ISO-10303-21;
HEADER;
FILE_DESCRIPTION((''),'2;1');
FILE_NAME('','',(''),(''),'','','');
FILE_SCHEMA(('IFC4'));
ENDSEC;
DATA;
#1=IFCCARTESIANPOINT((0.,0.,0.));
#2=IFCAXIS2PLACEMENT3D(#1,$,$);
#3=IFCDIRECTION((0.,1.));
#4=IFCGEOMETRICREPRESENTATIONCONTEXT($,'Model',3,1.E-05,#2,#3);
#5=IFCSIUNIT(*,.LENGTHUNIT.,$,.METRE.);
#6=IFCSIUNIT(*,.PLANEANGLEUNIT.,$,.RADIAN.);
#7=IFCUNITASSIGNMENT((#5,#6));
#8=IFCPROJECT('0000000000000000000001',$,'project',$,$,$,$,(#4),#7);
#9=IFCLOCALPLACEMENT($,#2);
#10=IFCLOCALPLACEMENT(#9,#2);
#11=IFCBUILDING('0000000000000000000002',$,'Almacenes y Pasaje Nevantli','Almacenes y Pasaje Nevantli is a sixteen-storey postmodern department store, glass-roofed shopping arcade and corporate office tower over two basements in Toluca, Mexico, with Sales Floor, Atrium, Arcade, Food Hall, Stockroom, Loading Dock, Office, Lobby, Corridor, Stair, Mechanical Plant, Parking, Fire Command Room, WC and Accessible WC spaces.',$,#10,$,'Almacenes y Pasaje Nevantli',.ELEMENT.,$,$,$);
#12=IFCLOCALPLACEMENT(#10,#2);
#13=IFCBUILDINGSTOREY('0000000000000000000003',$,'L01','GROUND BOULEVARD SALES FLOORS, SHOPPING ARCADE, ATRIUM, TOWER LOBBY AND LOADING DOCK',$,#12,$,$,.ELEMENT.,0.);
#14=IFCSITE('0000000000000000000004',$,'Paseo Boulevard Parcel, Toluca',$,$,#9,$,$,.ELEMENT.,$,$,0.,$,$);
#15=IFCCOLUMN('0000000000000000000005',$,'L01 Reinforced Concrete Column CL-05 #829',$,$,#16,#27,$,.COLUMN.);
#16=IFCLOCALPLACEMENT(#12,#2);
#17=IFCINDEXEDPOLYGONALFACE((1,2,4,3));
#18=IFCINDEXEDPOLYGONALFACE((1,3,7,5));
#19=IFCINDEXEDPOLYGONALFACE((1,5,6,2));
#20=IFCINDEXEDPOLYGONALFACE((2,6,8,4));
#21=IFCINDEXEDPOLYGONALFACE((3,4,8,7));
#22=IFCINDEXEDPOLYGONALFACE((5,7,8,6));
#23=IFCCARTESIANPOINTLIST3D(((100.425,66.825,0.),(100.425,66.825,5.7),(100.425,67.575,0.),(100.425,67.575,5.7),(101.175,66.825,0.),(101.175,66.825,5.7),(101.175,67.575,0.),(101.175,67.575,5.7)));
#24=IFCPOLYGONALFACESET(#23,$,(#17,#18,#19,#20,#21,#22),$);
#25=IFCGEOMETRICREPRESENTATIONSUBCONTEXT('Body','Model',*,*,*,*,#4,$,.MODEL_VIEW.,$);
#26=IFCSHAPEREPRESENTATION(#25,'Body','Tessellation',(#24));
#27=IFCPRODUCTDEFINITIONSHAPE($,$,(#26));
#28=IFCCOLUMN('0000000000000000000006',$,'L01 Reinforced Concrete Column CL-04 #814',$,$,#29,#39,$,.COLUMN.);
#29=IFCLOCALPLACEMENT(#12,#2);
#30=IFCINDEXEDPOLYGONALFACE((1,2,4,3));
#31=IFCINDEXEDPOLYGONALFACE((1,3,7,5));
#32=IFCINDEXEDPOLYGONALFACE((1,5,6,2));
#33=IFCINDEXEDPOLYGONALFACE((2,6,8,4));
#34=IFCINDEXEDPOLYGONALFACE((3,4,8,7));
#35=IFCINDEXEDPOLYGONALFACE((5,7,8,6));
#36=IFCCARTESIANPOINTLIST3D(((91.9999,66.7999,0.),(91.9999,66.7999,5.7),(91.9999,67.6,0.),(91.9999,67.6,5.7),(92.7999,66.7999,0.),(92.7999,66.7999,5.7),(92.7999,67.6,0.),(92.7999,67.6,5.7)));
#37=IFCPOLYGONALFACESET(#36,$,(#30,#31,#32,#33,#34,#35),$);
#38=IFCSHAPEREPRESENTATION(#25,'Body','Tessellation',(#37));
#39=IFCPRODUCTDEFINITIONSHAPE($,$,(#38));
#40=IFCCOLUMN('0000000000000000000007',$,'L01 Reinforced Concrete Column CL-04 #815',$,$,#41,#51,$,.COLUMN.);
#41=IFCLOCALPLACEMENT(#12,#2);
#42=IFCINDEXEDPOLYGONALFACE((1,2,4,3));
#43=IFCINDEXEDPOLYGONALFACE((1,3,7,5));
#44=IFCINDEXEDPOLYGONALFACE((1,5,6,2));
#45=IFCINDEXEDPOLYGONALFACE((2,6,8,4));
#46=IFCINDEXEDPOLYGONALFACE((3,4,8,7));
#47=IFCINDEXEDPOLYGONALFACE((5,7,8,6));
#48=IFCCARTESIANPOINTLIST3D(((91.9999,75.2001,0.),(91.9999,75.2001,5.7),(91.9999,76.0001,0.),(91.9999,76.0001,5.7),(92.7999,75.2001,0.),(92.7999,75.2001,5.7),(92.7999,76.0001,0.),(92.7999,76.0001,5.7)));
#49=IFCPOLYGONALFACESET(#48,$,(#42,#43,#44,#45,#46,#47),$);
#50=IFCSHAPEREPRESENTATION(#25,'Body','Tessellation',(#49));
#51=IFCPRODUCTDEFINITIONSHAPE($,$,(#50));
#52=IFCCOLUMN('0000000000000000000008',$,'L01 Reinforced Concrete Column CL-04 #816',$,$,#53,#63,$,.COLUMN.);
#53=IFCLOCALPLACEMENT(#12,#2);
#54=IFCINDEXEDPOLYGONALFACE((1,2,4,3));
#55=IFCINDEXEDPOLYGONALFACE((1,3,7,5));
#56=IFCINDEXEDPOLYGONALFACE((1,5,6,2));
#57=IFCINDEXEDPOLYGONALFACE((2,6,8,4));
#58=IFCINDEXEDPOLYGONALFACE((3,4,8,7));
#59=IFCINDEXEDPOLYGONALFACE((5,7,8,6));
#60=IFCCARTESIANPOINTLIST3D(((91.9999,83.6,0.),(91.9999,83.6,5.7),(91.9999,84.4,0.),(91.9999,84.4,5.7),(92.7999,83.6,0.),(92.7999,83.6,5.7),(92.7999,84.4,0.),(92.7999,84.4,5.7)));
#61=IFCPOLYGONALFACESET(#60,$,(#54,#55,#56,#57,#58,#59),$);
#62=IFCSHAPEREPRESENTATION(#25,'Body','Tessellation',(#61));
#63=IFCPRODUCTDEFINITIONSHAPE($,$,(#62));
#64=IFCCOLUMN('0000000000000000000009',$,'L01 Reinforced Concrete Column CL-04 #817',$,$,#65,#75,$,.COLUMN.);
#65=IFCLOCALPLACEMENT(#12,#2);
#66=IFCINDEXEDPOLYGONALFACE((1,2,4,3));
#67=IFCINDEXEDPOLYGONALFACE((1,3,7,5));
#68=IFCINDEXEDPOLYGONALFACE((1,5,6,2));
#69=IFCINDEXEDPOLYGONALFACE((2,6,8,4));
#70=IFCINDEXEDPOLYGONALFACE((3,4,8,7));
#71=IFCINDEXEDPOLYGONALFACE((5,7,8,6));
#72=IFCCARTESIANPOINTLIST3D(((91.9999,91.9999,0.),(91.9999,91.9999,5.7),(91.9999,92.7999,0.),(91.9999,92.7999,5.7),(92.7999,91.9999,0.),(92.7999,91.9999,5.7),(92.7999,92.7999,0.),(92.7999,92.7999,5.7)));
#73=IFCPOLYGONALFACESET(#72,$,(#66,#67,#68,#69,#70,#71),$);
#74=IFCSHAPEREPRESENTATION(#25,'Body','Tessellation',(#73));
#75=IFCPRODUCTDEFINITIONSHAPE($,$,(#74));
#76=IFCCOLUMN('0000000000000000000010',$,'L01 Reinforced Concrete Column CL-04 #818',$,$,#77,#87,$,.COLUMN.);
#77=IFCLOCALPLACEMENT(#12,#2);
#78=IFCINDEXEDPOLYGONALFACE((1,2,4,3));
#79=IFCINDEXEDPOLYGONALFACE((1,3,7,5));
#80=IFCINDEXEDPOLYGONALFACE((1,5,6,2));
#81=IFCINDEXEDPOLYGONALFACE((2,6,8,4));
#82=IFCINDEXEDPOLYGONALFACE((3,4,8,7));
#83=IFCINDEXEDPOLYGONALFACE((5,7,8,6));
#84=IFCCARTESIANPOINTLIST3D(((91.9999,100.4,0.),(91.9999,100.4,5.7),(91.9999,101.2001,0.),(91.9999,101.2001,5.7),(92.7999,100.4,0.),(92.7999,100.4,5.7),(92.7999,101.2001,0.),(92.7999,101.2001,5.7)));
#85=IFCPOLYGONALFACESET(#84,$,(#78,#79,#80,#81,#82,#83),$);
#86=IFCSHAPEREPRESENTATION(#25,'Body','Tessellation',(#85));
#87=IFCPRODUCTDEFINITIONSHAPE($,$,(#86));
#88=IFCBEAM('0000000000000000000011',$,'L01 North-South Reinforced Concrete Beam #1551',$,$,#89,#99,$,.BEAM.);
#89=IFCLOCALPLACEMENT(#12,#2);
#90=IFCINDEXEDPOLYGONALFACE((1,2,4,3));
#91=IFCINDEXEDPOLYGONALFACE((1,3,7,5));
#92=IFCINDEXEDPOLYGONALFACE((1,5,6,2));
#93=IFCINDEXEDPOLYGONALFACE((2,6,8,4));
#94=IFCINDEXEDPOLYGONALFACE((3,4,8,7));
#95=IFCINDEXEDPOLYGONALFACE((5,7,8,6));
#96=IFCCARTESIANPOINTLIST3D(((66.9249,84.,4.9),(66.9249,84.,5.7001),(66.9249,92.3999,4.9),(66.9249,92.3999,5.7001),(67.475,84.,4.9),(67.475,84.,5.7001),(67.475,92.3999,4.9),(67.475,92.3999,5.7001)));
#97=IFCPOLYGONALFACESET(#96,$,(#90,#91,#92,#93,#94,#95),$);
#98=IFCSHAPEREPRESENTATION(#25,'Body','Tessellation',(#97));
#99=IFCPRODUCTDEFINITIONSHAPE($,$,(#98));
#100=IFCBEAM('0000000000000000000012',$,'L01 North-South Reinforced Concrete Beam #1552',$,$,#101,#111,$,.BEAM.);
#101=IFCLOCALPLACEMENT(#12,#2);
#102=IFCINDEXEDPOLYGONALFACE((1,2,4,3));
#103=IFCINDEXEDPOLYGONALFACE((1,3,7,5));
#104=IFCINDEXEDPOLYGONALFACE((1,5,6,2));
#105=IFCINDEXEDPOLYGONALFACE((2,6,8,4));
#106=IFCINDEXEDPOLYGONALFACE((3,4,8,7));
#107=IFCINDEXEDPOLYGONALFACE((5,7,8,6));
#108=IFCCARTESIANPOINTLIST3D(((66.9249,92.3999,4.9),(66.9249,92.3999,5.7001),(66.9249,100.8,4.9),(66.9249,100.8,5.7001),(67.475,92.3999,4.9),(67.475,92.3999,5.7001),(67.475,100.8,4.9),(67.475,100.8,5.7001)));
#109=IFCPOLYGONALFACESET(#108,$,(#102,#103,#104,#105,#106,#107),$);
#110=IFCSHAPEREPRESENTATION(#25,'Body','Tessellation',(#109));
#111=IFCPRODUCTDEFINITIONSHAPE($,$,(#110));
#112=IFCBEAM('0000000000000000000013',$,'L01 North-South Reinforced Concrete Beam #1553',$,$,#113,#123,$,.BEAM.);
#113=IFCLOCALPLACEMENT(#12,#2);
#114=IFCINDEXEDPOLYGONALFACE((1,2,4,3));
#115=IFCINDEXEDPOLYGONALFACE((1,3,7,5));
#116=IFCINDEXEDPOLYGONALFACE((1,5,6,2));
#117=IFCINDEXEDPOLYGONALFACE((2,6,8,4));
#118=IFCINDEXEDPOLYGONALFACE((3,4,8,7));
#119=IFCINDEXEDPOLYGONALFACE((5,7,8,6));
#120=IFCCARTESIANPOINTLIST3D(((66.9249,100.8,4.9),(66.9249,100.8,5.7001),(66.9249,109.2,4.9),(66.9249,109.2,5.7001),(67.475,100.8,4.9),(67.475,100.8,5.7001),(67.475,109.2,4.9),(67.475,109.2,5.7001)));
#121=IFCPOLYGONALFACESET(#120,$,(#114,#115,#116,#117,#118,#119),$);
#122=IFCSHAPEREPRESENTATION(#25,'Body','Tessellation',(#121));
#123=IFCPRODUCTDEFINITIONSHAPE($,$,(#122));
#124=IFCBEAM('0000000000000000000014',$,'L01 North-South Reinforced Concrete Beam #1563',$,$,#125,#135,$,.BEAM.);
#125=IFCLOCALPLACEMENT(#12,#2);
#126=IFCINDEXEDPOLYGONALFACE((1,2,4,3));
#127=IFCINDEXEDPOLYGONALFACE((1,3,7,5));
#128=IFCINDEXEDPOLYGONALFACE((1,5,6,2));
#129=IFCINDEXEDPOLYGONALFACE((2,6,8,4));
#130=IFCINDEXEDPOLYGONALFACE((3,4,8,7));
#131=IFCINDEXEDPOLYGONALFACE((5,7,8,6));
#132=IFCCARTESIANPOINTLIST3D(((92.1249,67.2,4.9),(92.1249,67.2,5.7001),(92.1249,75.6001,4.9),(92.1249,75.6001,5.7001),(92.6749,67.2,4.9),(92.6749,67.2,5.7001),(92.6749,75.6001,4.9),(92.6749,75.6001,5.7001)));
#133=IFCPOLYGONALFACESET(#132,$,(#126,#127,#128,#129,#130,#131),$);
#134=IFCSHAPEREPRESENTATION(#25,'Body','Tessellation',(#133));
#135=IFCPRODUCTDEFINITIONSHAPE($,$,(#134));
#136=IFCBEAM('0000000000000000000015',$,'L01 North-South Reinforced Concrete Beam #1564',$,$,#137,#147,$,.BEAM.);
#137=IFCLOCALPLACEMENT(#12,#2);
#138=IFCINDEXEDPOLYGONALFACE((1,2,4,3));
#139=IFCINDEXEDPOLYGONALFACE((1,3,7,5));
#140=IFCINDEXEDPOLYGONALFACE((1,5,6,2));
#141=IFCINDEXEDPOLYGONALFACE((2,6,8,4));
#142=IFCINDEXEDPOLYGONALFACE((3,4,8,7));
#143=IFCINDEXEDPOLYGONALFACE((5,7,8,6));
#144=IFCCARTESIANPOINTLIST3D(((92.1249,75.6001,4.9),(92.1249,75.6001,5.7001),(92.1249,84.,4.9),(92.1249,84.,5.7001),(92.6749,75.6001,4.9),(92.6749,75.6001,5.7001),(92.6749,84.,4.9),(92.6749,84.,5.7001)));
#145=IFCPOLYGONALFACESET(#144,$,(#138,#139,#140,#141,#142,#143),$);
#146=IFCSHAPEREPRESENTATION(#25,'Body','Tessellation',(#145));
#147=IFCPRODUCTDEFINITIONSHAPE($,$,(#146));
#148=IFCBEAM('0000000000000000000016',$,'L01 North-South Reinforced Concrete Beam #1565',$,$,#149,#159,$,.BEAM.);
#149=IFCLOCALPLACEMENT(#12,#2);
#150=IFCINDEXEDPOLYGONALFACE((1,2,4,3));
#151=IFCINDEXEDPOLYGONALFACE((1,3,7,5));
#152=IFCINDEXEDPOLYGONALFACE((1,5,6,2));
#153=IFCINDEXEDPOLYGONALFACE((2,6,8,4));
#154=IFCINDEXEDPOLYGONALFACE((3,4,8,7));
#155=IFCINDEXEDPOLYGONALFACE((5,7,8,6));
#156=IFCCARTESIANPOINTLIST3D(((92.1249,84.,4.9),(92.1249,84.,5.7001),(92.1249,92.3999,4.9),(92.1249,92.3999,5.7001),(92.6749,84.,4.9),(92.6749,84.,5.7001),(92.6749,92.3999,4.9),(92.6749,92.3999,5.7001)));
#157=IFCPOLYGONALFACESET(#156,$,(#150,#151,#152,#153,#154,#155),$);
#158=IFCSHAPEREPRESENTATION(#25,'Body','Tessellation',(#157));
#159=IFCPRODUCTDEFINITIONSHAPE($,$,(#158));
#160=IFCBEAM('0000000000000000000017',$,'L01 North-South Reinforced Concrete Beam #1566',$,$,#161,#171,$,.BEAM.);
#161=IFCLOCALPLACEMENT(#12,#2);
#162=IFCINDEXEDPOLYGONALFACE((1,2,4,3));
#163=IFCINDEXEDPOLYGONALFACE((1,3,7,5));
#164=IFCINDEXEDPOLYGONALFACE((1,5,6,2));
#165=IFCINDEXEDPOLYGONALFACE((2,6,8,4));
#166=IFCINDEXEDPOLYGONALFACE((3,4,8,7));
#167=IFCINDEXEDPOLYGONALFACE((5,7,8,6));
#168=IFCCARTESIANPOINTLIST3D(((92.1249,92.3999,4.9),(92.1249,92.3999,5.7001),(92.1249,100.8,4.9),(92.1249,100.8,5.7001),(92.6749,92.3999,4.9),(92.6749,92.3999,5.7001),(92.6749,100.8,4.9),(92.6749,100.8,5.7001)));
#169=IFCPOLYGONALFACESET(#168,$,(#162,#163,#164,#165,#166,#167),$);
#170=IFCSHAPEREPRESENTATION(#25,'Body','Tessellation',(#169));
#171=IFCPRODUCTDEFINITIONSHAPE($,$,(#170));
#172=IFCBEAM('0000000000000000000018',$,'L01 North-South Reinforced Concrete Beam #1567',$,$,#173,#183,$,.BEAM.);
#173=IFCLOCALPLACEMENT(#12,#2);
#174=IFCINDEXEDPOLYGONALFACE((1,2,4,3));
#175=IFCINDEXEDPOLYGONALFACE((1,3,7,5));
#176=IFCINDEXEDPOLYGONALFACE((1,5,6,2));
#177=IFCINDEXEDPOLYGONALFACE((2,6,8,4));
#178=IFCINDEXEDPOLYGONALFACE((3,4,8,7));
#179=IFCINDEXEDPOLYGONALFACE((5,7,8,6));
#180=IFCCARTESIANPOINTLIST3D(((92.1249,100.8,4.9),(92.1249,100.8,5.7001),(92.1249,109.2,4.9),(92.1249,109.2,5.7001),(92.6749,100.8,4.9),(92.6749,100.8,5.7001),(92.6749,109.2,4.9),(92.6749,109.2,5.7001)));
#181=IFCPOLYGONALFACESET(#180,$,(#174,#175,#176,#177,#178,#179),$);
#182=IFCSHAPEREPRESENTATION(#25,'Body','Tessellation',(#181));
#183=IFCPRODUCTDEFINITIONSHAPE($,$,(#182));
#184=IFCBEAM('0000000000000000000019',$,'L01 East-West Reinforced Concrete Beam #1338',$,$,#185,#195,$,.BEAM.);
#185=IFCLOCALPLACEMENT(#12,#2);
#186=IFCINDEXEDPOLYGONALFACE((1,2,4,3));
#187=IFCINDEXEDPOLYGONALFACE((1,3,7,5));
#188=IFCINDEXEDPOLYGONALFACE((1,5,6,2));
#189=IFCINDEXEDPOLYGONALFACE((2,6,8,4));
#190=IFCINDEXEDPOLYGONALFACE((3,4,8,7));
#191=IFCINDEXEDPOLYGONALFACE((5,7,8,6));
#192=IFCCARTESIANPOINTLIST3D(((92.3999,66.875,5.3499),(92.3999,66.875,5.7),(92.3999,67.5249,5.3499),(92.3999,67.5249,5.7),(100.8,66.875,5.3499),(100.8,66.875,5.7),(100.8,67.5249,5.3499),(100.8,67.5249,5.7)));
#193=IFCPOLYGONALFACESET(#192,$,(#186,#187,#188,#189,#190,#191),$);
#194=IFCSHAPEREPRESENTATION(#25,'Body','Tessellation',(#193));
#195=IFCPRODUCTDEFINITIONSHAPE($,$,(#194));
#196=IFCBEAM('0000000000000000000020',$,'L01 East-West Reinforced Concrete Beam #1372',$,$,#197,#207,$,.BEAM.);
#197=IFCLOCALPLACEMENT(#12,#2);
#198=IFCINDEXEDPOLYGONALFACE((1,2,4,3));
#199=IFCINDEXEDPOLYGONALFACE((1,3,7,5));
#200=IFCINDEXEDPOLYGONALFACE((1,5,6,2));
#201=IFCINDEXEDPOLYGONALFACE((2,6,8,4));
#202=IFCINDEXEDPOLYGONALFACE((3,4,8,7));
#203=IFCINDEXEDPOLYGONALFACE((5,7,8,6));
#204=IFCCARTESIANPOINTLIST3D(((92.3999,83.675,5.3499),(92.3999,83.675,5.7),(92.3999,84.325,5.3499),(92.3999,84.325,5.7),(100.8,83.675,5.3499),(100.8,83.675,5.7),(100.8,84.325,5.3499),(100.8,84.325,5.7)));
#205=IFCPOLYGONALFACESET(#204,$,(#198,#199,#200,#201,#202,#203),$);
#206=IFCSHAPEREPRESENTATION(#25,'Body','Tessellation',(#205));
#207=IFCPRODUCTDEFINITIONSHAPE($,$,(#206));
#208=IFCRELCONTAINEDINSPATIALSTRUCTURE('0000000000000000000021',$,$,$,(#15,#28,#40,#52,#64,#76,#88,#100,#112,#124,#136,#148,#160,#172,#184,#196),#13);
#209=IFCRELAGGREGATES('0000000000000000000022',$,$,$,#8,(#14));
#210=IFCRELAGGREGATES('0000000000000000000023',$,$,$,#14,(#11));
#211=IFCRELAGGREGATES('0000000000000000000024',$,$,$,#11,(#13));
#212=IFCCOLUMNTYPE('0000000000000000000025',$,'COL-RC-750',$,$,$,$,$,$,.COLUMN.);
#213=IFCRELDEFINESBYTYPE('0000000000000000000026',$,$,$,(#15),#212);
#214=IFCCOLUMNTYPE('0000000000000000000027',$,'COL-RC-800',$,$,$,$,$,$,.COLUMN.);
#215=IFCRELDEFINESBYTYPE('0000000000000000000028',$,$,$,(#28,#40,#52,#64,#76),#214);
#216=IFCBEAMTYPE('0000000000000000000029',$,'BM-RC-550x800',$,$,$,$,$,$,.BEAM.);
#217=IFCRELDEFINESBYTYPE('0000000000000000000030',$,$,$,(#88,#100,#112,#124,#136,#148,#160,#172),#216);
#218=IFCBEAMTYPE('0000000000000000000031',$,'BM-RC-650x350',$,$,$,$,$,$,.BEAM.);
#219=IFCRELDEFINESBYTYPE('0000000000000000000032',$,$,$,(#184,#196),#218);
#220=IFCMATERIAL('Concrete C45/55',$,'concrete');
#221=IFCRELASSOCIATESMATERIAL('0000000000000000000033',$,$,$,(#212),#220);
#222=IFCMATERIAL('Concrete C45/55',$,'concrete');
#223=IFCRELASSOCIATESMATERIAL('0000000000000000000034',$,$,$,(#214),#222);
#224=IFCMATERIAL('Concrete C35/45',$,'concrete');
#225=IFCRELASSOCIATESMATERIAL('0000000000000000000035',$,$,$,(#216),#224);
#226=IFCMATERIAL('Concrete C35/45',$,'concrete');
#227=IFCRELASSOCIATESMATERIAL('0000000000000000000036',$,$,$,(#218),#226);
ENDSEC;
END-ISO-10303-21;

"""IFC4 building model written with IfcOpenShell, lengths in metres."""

from ifc_helpers import new_model, si_unit, direction, frame, origin, origin_2d, place, context, subcontext, project, spatial, rectangle, extrude, material, material_profile, profile_set, type_object, element, save


model = new_model("IFC4")

# Units and contexts
model_context = context("Model", 3, precision=1e-05, world=origin(), true_north=direction((0.0, 1.0)))
body_context = subcontext(model_context, "Body", "Model", "MODEL_VIEW")
ifc_project = project(units=[si_unit("LENGTHUNIT", "METRE"), si_unit("PLANEANGLEUNIT", "RADIAN")], contexts=[model_context])

# Site, building, storey
site_placement = place(None, origin())
site = spatial("IfcSite", under=ifc_project, at=site_placement, Name="Paseo Boulevard Parcel, Toluca", CompositionType="ELEMENT", RefElevation=0.0)
building_placement = place(site_placement, origin())
building = spatial("IfcBuilding", under=site, at=building_placement, Name="Almacenes y Pasaje Nevantli", Description="Almacenes y Pasaje Nevantli is a sixteen-storey postmodern department store, glass-roofed shopping arcade and corporate office tower over two basements in Toluca, Mexico, with Sales Floor, Atrium, Arcade, Food Hall, Stockroom, Loading Dock, Office, Lobby, Corridor, Stair, Mechanical Plant, Parking, Fire Command Room, WC and Accessible WC spaces.", LongName="Almacenes y Pasaje Nevantli", CompositionType="ELEMENT")
storey_placement = place(building_placement, origin())
storey = spatial("IfcBuildingStorey", under=building, at=storey_placement, Name="L01", Description="GROUND BOULEVARD SALES FLOORS, SHOPPING ARCADE, ATRIUM, TOWER LOBBY AND LOADING DOCK", CompositionType="ELEMENT", Elevation=0.0)

# Columns
ifc_material_1 = material(Name="Concrete C45/55", Category="concrete")
ifc_material_profile_1 = material_profile(ifc_material_1, rectangle(XDim=0.75, YDim=0.75, at=origin_2d()), Name="RC-COL-750x750")
ifc_profile_set_1 = profile_set([ifc_material_profile_1], Name="Concrete C45/55")
column_type_1 = type_object("IfcColumnType", Name="COL-RC-750", PredefinedType="COLUMN", material=ifc_profile_set_1)
column_placement = place(storey_placement, frame((100.8, 67.2, 0.0), z_axis=(0.0, 0.0, 1.0), x_axis=(1.0, 0.0, 0.0)))
element("IfcColumn", 1, at=column_placement, inside=storey, type_object=column_type_1, Name="L01 Reinforced Concrete Column CL-05 #829", PredefinedType="COLUMN", context=body_context, shape_type="SweptSolid", body=[
    extrude(rectangle(XDim=0.75, YDim=0.75, at=origin_2d()), origin(), (0.0, 0.0, 1.0), 5.7),
])
ifc_material_2 = material(Name="Concrete C45/55", Category="concrete")
ifc_material_profile_2 = material_profile(ifc_material_2, rectangle(XDim=0.8, YDim=0.8, at=origin_2d()), Name="RC-COL-800x800")
ifc_profile_set_2 = profile_set([ifc_material_profile_2], Name="Concrete C45/55")
column_type_2 = type_object("IfcColumnType", Name="COL-RC-800", PredefinedType="COLUMN", material=ifc_profile_set_2)
for number, where, z_axis, x_axis, name in (
    (2, (92.3999, 67.2, 0.0), (0.0, 0.0, 1.0), (1.0, 0.0, 0.0), "L01 Reinforced Concrete Column CL-04 #814"),
    (3, (92.3999, 75.6001, 0.0), (0.0, 0.0, 1.0), (1.0, 0.0, 0.0), "L01 Reinforced Concrete Column CL-04 #815"),
    (4, (92.3999, 84.0, 0.0), (0.0, 0.0, 1.0), (1.0, 0.0, 0.0), "L01 Reinforced Concrete Column CL-04 #816"),
    (5, (92.3999, 92.3999, 0.0), (0.0, 0.0, 1.0), (1.0, 0.0, 0.0), "L01 Reinforced Concrete Column CL-04 #817"),
    (6, (92.3999, 100.8, 0.0), (0.0, 0.0, 1.0), (1.0, 0.0, 0.0), "L01 Reinforced Concrete Column CL-04 #818"),
):
    element("IfcColumn", number, at=place(storey_placement, frame(where, z_axis=z_axis, x_axis=x_axis)), inside=storey, type_object=column_type_2, Name=name, PredefinedType="COLUMN", context=body_context, shape_type="SweptSolid", body=[
        extrude(rectangle(XDim=0.8, YDim=0.8, at=origin_2d()), origin(), (0.0, 0.0, 1.0), 5.7),
    ])

# Beams
ifc_material_3 = material(Name="Concrete C35/45", Category="concrete")
ifc_material_profile_3 = material_profile(ifc_material_3, rectangle(XDim=0.55, YDim=0.8, at=origin_2d()), Name="RC-BM-550x800")
ifc_profile_set_3 = profile_set([ifc_material_profile_3], Name="Concrete C35/45")
beam_type_1 = type_object("IfcBeamType", Name="BM-RC-550x800", PredefinedType="BEAM", material=ifc_profile_set_3)
beam_1_placement = place(storey_placement, frame((67.2, 84.0, 5.3), z_axis=(0.0, 1.0, 0.0), x_axis=(-1.0, 0.0, 0.0)))
element("IfcBeam", 7, at=beam_1_placement, inside=storey, type_object=beam_type_1, Name="L01 North-South Reinforced Concrete Beam #1551", PredefinedType="BEAM", context=body_context, shape_type="SweptSolid", body=[
    extrude(rectangle(XDim=0.55, YDim=0.8, at=origin_2d()), origin(), (0.0, 0.0, 1.0), 8.3999),
])
beam_2_placement = place(storey_placement, frame((67.2, 92.3999, 5.3), z_axis=(0.0, 1.0, 0.0), x_axis=(-1.0, 0.0, 0.0)))
element("IfcBeam", 8, at=beam_2_placement, inside=storey, type_object=beam_type_1, Name="L01 North-South Reinforced Concrete Beam #1552", PredefinedType="BEAM", context=body_context, shape_type="SweptSolid", body=[
    extrude(rectangle(XDim=0.55, YDim=0.8, at=origin_2d()), origin(), (0.0, 0.0, 1.0), 8.4001),
])
beam_3_placement = place(storey_placement, frame((67.2, 100.8, 5.3), z_axis=(0.0, 1.0, 0.0), x_axis=(-1.0, 0.0, 0.0)))
element("IfcBeam", 9, at=beam_3_placement, inside=storey, type_object=beam_type_1, Name="L01 North-South Reinforced Concrete Beam #1553", PredefinedType="BEAM", context=body_context, shape_type="SweptSolid", body=[
    extrude(rectangle(XDim=0.55, YDim=0.8, at=origin_2d()), origin(), (0.0, 0.0, 1.0), 8.3999),
])
beam_4_placement = place(storey_placement, frame((92.3999, 67.2, 5.3), z_axis=(0.0, 1.0, 0.0), x_axis=(-1.0, 0.0, 0.0)))
element("IfcBeam", 10, at=beam_4_placement, inside=storey, type_object=beam_type_1, Name="L01 North-South Reinforced Concrete Beam #1563", PredefinedType="BEAM", context=body_context, shape_type="SweptSolid", body=[
    extrude(rectangle(XDim=0.55, YDim=0.8, at=origin_2d()), origin(), (0.0, 0.0, 1.0), 8.4001),
])
for number, where, z_axis, x_axis, name in (
    (11, (92.3999, 75.6001, 5.3), (0.0, 1.0, 0.0), (-1.0, 0.0, 0.0), "L01 North-South Reinforced Concrete Beam #1564"),
    (12, (92.3999, 84.0, 5.3), (0.0, 1.0, 0.0), (-1.0, 0.0, 0.0), "L01 North-South Reinforced Concrete Beam #1565"),
):
    element("IfcBeam", number, at=place(storey_placement, frame(where, z_axis=z_axis, x_axis=x_axis)), inside=storey, type_object=beam_type_1, Name=name, PredefinedType="BEAM", context=body_context, shape_type="SweptSolid", body=[
        extrude(rectangle(XDim=0.55, YDim=0.8, at=origin_2d()), origin(), (0.0, 0.0, 1.0), 8.3999),
    ])
beam_5_placement = place(storey_placement, frame((92.3999, 92.3999, 5.3), z_axis=(0.0, 1.0, 0.0), x_axis=(-1.0, 0.0, 0.0)))
element("IfcBeam", 13, at=beam_5_placement, inside=storey, type_object=beam_type_1, Name="L01 North-South Reinforced Concrete Beam #1566", PredefinedType="BEAM", context=body_context, shape_type="SweptSolid", body=[
    extrude(rectangle(XDim=0.55, YDim=0.8, at=origin_2d()), origin(), (0.0, 0.0, 1.0), 8.4001),
])
beam_6_placement = place(storey_placement, frame((92.3999, 100.8, 5.3), z_axis=(0.0, 1.0, 0.0), x_axis=(-1.0, 0.0, 0.0)))
element("IfcBeam", 14, at=beam_6_placement, inside=storey, type_object=beam_type_1, Name="L01 North-South Reinforced Concrete Beam #1567", PredefinedType="BEAM", context=body_context, shape_type="SweptSolid", body=[
    extrude(rectangle(XDim=0.55, YDim=0.8, at=origin_2d()), origin(), (0.0, 0.0, 1.0), 8.3999),
])
ifc_material_4 = material(Name="Concrete C35/45", Category="concrete")
ifc_material_profile_4 = material_profile(ifc_material_4, rectangle(XDim=0.6499, YDim=0.3501, at=origin_2d()), Name="RC-BM-650x350")
ifc_profile_set_4 = profile_set([ifc_material_profile_4], Name="Concrete C35/45")
beam_type_2 = type_object("IfcBeamType", Name="BM-RC-650x350", PredefinedType="BEAM", material=ifc_profile_set_4)
for number, where, z_axis, x_axis, name in (
    (15, (92.3999, 67.2, 5.5249), (1.0, 0.0, 0.0), (0.0, 1.0, 0.0), "L01 East-West Reinforced Concrete Beam #1338"),
    (16, (92.3999, 84.0, 5.5249), (1.0, 0.0, 0.0), (0.0, 1.0, 0.0), "L01 East-West Reinforced Concrete Beam #1372"),
):
    element("IfcBeam", number, at=place(storey_placement, frame(where, z_axis=z_axis, x_axis=x_axis)), inside=storey, type_object=beam_type_2, Name=name, PredefinedType="BEAM", context=body_context, shape_type="SweptSolid", body=[
        extrude(rectangle(XDim=0.6499, YDim=0.3501, at=origin_2d()), origin(), (0.0, 0.0, 1.0), 8.4001),
    ])

save(model, "model.ifc")
